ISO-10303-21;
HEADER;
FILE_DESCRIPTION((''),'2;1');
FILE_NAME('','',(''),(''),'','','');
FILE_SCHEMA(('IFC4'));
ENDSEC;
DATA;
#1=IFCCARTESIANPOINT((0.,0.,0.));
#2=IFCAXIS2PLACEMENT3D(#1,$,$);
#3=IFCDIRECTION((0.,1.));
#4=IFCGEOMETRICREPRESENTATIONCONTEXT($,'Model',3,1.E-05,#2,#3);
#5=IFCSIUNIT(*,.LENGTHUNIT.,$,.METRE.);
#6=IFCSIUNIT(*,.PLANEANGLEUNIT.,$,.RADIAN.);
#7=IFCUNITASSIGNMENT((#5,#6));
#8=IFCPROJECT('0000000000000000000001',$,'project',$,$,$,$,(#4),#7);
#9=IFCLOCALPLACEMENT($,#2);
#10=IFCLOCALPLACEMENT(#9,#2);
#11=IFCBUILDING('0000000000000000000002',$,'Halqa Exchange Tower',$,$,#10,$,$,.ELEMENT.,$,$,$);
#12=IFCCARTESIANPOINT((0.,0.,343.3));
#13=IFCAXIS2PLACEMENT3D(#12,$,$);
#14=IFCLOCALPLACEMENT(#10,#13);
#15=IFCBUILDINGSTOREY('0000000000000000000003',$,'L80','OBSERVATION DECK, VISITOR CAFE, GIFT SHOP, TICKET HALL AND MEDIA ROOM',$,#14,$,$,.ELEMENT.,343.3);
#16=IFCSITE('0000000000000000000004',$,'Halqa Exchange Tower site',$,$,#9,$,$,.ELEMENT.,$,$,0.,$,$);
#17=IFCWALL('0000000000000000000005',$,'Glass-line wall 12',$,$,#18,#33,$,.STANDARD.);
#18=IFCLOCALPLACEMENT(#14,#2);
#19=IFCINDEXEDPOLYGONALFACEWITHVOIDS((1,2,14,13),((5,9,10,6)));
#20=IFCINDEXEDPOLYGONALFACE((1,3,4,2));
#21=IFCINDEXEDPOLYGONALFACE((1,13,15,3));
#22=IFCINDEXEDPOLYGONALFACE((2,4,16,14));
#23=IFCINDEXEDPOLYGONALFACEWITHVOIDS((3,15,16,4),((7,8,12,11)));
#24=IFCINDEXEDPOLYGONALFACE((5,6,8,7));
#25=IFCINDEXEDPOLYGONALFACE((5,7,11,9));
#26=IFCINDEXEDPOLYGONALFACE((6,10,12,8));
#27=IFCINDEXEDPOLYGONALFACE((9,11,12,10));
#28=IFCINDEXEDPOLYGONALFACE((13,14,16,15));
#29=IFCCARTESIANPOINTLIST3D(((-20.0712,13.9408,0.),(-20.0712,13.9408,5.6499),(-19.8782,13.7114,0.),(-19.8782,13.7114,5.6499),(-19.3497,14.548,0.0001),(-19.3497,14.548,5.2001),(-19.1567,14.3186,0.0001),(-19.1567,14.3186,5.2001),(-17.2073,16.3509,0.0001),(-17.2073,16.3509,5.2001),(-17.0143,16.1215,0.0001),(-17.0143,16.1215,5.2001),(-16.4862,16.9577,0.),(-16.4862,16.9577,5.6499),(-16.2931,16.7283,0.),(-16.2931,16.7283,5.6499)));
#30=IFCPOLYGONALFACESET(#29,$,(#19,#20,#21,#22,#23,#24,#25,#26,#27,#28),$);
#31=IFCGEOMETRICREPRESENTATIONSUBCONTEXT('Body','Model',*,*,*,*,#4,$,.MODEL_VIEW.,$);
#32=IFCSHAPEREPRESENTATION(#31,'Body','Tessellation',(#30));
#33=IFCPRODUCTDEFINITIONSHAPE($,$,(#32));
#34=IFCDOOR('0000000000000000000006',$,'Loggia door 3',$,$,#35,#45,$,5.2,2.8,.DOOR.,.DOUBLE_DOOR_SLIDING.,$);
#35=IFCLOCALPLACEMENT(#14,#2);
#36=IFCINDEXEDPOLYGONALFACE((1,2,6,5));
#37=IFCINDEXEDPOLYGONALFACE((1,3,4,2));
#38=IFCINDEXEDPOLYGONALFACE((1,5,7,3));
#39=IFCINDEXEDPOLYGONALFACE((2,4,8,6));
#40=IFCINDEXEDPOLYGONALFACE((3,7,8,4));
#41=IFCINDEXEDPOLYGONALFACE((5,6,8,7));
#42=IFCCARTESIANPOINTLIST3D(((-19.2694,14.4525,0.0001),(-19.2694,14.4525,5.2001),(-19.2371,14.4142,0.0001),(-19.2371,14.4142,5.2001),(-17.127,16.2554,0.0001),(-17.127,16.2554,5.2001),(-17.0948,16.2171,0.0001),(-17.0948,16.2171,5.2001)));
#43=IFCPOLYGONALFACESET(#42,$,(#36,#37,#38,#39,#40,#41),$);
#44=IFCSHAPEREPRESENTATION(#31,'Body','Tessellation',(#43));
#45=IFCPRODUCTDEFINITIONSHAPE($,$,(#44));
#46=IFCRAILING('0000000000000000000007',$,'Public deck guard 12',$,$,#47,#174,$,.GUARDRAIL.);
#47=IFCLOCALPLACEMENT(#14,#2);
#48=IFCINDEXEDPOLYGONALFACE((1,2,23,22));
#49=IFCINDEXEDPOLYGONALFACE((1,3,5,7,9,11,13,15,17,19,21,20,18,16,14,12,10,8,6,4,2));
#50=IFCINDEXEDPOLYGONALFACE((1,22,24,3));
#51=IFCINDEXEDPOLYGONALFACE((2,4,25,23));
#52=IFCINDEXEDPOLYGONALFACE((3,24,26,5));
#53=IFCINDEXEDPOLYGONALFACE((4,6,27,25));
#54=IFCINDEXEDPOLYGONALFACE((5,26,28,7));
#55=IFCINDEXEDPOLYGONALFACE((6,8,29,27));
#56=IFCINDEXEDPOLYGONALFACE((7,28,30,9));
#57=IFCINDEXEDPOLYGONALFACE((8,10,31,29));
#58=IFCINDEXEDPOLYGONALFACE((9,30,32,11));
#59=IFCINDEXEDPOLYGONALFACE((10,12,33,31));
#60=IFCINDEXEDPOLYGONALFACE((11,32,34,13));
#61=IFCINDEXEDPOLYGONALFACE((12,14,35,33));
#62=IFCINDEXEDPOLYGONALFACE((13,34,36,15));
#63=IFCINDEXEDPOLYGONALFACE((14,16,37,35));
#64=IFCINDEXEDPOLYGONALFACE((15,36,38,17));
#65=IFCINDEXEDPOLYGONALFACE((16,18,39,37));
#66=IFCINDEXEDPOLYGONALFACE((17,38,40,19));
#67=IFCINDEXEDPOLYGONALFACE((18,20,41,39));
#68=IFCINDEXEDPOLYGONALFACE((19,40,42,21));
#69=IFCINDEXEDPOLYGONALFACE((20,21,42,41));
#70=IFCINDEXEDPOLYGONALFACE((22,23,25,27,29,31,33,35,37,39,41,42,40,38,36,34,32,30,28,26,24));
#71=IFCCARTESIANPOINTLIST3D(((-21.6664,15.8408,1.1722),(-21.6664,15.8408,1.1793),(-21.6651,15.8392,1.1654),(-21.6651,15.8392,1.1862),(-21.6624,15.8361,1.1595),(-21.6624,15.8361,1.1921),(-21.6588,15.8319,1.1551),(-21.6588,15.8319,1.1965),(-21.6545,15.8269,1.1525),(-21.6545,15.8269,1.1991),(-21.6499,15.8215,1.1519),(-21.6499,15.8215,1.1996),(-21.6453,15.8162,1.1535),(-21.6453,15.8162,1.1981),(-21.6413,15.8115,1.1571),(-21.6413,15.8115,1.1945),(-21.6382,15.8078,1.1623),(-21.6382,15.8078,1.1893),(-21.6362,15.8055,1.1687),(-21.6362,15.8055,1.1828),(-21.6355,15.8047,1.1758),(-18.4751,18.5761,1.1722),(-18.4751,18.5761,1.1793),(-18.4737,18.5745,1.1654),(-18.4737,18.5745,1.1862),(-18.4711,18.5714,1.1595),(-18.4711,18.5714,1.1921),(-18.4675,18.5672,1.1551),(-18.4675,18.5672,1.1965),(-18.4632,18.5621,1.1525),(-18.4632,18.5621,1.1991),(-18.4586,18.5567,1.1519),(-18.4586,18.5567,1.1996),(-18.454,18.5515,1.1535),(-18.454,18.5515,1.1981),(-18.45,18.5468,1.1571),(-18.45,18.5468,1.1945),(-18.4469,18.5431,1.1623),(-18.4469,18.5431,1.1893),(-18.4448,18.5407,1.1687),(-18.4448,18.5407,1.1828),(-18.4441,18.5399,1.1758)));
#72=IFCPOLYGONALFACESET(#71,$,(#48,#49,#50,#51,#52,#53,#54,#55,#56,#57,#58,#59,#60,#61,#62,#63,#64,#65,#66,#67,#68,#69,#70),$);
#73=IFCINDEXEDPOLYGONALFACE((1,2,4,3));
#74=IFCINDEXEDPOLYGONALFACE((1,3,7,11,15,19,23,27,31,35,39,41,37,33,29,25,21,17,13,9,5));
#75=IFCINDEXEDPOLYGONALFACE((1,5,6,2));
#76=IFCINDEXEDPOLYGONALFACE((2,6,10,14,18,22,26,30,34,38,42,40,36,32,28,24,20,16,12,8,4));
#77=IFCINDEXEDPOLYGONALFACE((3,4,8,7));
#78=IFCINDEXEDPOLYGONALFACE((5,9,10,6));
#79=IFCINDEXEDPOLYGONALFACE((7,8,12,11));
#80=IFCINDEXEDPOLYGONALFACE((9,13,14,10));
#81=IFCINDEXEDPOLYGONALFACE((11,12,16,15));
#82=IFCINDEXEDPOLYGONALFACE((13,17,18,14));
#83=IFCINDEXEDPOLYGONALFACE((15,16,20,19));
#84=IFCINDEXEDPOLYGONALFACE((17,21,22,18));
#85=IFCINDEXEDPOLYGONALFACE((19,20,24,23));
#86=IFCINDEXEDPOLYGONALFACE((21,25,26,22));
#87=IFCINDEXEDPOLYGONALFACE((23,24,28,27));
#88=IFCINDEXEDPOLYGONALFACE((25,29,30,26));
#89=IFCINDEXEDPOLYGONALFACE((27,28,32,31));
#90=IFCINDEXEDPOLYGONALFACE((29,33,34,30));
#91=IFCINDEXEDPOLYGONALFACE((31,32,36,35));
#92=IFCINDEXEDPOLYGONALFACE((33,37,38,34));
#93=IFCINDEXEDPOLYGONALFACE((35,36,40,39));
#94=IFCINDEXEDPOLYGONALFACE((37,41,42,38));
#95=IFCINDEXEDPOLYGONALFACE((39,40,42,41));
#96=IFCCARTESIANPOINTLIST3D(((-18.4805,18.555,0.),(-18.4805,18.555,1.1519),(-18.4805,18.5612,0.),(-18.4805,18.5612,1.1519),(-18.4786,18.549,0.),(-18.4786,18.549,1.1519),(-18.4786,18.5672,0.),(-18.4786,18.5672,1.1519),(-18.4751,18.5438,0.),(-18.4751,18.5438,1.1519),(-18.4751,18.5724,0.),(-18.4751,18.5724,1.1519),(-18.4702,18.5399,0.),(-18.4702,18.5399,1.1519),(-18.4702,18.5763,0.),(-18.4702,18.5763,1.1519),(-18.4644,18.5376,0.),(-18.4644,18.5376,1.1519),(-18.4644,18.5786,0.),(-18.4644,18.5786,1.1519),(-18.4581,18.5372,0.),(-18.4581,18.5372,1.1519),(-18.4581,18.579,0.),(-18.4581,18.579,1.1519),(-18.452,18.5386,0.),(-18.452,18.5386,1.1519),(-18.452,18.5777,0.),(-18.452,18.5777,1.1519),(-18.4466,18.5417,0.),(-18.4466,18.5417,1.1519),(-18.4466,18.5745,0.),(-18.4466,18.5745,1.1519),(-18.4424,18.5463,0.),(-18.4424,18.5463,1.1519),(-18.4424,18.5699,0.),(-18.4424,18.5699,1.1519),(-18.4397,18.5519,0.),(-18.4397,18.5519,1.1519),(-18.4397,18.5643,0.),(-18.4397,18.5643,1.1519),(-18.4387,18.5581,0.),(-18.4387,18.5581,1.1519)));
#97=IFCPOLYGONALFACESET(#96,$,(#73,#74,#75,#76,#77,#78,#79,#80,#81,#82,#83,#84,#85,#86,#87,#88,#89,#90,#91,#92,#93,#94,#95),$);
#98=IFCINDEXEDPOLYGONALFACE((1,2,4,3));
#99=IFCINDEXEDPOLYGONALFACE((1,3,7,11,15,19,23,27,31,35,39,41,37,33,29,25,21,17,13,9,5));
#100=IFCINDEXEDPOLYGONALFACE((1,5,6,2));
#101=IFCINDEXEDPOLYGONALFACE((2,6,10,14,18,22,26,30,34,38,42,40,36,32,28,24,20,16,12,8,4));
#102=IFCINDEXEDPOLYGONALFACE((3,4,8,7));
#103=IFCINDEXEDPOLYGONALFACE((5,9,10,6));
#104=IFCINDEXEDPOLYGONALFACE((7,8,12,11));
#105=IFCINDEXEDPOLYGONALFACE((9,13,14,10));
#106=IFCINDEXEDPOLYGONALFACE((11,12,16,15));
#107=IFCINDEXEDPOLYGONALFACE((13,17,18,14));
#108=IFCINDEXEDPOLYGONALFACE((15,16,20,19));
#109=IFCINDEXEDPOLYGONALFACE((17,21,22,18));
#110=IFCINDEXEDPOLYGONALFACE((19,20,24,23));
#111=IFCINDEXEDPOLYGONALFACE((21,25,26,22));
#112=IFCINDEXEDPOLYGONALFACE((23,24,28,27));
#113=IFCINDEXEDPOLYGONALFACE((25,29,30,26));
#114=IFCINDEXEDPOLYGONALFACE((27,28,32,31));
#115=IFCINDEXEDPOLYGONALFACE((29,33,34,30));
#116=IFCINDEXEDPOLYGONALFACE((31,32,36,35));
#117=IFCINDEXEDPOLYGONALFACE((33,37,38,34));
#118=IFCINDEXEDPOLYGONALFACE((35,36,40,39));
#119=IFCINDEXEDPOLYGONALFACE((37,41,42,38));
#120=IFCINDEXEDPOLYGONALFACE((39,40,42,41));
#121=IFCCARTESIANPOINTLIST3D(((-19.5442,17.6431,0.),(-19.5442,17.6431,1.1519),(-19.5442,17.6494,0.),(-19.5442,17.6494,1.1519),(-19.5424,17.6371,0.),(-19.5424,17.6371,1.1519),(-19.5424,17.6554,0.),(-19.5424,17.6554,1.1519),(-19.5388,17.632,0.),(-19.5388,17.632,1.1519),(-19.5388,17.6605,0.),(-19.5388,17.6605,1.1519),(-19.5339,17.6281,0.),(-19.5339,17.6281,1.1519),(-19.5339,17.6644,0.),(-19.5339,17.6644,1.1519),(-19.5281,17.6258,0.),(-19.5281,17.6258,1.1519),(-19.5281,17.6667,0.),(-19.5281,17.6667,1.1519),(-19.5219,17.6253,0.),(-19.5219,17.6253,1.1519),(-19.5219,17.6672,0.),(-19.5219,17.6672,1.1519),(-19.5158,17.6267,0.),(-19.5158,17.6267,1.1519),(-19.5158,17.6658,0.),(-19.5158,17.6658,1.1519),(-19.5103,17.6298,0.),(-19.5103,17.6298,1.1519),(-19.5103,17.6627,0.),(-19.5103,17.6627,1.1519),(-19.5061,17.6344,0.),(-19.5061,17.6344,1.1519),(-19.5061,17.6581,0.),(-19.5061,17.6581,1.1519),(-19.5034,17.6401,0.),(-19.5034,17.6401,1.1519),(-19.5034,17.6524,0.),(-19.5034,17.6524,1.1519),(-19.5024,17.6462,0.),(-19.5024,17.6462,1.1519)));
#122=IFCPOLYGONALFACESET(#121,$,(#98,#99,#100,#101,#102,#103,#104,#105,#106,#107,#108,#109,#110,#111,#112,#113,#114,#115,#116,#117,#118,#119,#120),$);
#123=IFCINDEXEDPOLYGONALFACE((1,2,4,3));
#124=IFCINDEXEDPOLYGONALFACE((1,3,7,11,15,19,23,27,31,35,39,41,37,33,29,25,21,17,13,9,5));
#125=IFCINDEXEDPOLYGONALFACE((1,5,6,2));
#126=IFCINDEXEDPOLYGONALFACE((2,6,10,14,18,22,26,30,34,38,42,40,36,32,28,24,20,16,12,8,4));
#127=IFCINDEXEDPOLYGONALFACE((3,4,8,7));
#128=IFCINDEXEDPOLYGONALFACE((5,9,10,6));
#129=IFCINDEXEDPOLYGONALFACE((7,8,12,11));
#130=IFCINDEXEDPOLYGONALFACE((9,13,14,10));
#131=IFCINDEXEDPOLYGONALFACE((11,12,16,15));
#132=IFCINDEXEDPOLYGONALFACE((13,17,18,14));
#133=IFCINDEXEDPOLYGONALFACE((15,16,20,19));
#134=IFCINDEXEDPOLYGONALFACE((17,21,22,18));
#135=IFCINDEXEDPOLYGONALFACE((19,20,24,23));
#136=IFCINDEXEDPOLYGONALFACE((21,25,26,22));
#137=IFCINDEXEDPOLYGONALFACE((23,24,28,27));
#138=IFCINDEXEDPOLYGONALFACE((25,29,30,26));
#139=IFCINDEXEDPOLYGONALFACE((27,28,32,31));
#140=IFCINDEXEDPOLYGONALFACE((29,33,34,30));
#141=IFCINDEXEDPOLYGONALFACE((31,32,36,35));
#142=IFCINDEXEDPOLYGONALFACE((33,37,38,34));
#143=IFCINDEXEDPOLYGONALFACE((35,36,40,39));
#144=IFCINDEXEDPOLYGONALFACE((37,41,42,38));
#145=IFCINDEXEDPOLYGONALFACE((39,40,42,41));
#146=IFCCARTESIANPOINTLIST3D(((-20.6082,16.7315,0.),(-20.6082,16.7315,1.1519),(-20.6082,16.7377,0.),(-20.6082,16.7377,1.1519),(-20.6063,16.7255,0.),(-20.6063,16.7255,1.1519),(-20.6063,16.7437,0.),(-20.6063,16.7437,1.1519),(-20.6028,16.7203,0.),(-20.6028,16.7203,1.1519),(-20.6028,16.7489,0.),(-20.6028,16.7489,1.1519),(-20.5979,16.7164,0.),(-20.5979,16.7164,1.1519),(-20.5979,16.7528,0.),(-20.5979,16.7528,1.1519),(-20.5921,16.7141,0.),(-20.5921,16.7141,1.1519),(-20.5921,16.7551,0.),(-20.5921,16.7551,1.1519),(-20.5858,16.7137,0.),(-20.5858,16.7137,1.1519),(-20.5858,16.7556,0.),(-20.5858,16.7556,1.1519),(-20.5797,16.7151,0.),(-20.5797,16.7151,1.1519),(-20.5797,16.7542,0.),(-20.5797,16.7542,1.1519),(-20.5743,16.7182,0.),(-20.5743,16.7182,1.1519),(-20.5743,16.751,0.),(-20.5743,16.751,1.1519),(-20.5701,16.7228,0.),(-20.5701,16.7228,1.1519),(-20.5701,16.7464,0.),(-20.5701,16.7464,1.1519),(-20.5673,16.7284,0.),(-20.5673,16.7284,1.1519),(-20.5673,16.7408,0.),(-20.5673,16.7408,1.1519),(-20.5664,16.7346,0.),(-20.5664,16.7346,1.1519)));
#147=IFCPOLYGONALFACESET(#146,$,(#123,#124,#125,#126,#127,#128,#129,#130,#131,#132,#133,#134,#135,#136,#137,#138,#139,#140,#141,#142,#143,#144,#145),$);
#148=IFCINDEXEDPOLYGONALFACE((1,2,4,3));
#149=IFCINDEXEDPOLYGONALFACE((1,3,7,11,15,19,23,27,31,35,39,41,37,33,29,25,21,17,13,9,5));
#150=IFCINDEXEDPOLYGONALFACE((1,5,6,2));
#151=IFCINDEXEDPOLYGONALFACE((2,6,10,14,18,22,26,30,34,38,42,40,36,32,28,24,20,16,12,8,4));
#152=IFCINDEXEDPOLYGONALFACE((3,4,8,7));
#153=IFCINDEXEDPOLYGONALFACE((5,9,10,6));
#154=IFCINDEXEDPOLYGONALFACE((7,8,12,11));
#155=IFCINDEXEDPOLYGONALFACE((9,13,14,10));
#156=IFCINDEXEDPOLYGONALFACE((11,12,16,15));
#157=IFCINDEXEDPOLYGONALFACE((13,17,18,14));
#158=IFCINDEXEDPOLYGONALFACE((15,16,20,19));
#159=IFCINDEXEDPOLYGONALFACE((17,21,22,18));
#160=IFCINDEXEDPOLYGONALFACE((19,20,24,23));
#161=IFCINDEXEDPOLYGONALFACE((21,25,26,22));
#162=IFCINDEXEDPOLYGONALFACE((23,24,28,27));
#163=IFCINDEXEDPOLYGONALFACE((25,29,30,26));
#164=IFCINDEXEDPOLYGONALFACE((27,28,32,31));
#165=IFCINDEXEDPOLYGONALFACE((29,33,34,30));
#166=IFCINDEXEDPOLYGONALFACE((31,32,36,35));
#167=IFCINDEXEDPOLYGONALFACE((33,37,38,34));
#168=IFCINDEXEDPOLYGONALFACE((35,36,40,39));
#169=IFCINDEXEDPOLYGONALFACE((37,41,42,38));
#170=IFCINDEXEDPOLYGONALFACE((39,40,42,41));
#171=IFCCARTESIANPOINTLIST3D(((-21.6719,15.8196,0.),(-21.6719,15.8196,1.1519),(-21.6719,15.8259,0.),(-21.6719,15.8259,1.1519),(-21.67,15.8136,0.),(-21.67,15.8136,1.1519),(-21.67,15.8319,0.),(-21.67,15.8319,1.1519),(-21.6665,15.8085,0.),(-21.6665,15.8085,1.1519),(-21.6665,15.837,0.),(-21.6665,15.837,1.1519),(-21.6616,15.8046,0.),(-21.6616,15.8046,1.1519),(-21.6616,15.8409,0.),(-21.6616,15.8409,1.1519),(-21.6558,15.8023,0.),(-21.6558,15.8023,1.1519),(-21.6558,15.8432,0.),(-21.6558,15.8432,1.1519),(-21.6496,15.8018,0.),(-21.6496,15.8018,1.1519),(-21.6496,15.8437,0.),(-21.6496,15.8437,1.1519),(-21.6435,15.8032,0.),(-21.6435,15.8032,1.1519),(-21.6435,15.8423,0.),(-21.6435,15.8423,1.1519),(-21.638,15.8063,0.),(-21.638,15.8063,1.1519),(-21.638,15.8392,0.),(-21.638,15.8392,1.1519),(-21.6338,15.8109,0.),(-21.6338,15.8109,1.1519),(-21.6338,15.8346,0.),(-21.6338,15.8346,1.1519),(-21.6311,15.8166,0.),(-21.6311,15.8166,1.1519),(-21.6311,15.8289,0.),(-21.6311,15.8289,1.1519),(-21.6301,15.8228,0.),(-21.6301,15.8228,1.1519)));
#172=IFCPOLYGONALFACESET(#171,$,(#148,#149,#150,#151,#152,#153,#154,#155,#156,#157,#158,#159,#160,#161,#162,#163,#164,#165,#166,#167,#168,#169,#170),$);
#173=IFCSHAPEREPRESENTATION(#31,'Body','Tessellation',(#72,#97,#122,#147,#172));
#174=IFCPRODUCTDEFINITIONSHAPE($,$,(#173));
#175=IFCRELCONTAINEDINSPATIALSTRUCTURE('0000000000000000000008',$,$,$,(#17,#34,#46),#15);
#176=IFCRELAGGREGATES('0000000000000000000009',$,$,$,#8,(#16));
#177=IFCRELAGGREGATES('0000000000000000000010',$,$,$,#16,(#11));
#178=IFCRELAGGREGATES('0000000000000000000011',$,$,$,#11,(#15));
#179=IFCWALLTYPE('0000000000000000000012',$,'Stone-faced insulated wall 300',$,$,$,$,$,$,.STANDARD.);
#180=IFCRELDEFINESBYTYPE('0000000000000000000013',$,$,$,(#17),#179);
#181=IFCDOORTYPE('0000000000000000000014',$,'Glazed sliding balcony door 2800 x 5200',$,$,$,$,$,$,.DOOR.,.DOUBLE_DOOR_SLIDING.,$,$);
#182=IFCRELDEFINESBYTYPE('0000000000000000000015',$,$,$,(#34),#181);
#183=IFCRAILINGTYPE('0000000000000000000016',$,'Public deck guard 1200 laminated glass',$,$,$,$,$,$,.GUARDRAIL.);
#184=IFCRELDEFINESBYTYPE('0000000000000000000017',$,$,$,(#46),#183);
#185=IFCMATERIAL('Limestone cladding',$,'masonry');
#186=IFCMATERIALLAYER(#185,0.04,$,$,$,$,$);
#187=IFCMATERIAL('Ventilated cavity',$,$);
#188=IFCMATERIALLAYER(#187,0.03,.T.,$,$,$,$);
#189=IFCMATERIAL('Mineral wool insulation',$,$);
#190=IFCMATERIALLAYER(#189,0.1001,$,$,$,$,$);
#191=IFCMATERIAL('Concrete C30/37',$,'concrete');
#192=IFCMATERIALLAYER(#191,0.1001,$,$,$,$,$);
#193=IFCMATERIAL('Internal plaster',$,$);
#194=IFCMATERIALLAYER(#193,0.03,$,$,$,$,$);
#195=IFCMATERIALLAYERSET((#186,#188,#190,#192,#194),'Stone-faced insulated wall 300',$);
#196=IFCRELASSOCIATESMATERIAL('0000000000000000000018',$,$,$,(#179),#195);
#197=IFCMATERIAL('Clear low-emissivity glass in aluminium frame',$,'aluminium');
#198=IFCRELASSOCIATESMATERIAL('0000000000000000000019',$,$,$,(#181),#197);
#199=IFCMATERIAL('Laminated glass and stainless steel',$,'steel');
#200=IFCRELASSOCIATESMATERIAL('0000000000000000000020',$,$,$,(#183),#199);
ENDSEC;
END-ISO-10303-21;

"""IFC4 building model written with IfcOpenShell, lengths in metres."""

from ifc_helpers import new_model, si_unit, direction, frame, frame_2d, origin, origin_2d, place, context, subcontext, project, spatial, polyline, rectangle, circle, outline, extrude, material, layer, layer_set, type_object, element, fill, save


model = new_model("IFC4")

# Units and contexts
model_context = context("Model", 3, precision=1e-05, world=origin(), true_north=direction((0.0, 1.0)))
body_context = subcontext(model_context, "Body", "Model", "MODEL_VIEW")
ifc_project = project(units=[si_unit("LENGTHUNIT", "METRE"), si_unit("PLANEANGLEUNIT", "RADIAN")], contexts=[model_context])

# Site, building, storey
site_placement = place(None, origin())
site = spatial("IfcSite", under=ifc_project, at=site_placement, Name="Halqa Exchange Tower site", CompositionType="ELEMENT", RefElevation=0.0)
building_placement = place(site_placement, origin())
building = spatial("IfcBuilding", under=site, at=building_placement, Name="Halqa Exchange Tower", CompositionType="ELEMENT")
storey_placement = place(building_placement, frame((0.0, 0.0, 343.3)))
storey = spatial("IfcBuildingStorey", under=building, at=storey_placement, Name="L80", Description="OBSERVATION DECK, VISITOR CAFE, GIFT SHOP, TICKET HALL AND MEDIA ROOM", CompositionType="ELEMENT", Elevation=343.3)

# Wall, opening, door
ifc_material_1 = material(Name="Limestone cladding", Category="masonry")
ifc_layer_1 = layer(ifc_material_1, 0.04)
ifc_material_2 = material(Name="Ventilated cavity")
ifc_layer_2 = layer(ifc_material_2, 0.03, ventilated=True)
ifc_material_3 = material(Name="Mineral wool insulation")
ifc_layer_3 = layer(ifc_material_3, 0.1001)
ifc_material_4 = material(Name="Concrete C30/37", Category="concrete")
ifc_layer_4 = layer(ifc_material_4, 0.1001)
ifc_material_5 = material(Name="Internal plaster")
ifc_layer_5 = layer(ifc_material_5, 0.03)
ifc_layer_set_1 = layer_set([ifc_layer_1, ifc_layer_2, ifc_layer_3, ifc_layer_4, ifc_layer_5], Name="Stone-faced insulated wall 300")
wall_type_1 = type_object("IfcWallType", Name="Stone-faced insulated wall 300", PredefinedType="STANDARD", material=ifc_layer_set_1)
wall_1_placement = place(storey_placement, frame((-16.3896, 16.843, 0.0), z_axis=(0.0, 0.0, 1.0), x_axis=(-0.765129, -0.643877, 0.0)))
wall_1 = element("IfcWall", 1, at=wall_1_placement, inside=storey, type_object=wall_type_1, Name="Glass-line wall 12", PredefinedType="STANDARD", context=body_context, shape_type="SweptSolid", body=[
    extrude(outline(polyline([(0.0, -0.1499), (4.6855, -0.1499), (4.6855, 0.1499), (0.0, 0.1499), (0.0, -0.1499)])), origin(), (0.0, 0.0, 1.0), 5.6499),
])
opening_1_placement = place(wall_1_placement, frame((0.9426, 0.0, 0.0)))
opening_1 = element("IfcOpeningElement", 2, at=opening_1_placement, cuts=wall_1, PredefinedType="OPENING", context=body_context, shape_type="SweptSolid", body=[
    extrude(rectangle(XDim=2.8, YDim=5.2, at=frame_2d((1.3999, 2.6001))), frame((0.0, 0.1621, 0.0), z_axis=(0.0, -1.0, 0.0), x_axis=(1.0, 0.0, 0.0)), (0.0, 0.0, 1.0), 0.324),
])
ifc_material_6 = material(Name="Clear low-emissivity glass in aluminium frame", Category="aluminium")
door_type_1 = type_object("IfcDoorType", Name="Glazed sliding balcony door 2800 x 5200", OperationType="DOUBLE_DOOR_SLIDING", PredefinedType="DOOR", material=ifc_material_6)
door_1_placement = place(opening_1_placement, origin())
door_1 = element("IfcDoor", 3, at=door_1_placement, inside=storey, type_object=door_type_1, Name="Loggia door 3", OperationType="DOUBLE_DOOR_SLIDING", OverallHeight=5.2, OverallWidth=2.8, PredefinedType="DOOR", context=body_context, shape_type="SweptSolid", body=[
    extrude(rectangle(XDim=2.8, YDim=5.2, at=frame_2d((1.3999, 2.6001))), frame((0.0, 0.0249, 0.0), z_axis=(0.0, -1.0, 0.0), x_axis=(1.0, 0.0, 0.0)), (0.0, 0.0, 1.0), 0.05),
])
fill(opening_1, door_1)

# Railing
ifc_material_7 = material(Name="Laminated glass and stainless steel", Category="steel")
railing_type = type_object("IfcRailingType", Name="Public deck guard 1200 laminated glass", PredefinedType="GUARDRAIL", material=ifc_material_7)
railing_1_placement = place(storey_placement, frame((-18.4597, 18.5581, 0.0)))
element("IfcRailing", 4, at=railing_1_placement, inside=storey, type_object=railing_type, Name="Public deck guard 12", PredefinedType="GUARDRAIL", context=body_context, shape_type="SweptSolid", body=[
    extrude(circle(Radius=0.0239, at=origin_2d()), frame((0.0, 0.0, 1.1758), z_axis=(-0.759273, -0.650772, 0.0), x_axis=(0.650772, -0.759273, 0.0)), (0.0, 0.0, 1.0), 4.2031),
    extrude(circle(Radius=0.021, at=origin_2d()), origin(), (0.0, 0.0, 1.0), 1.1519),
    extrude(circle(Radius=0.021, at=origin_2d()), frame((-1.0637, -0.9119, 0.0)), (0.0, 0.0, 1.0), 1.1519),
    extrude(circle(Radius=0.021, at=origin_2d()), frame((-2.1277, -1.8235, 0.0)), (0.0, 0.0, 1.0), 1.1519),
    extrude(circle(Radius=0.021, at=origin_2d()), frame((-3.1914, -2.7354, 0.0)), (0.0, 0.0, 1.0), 1.1519),
])

save(model, "model.ifc")
